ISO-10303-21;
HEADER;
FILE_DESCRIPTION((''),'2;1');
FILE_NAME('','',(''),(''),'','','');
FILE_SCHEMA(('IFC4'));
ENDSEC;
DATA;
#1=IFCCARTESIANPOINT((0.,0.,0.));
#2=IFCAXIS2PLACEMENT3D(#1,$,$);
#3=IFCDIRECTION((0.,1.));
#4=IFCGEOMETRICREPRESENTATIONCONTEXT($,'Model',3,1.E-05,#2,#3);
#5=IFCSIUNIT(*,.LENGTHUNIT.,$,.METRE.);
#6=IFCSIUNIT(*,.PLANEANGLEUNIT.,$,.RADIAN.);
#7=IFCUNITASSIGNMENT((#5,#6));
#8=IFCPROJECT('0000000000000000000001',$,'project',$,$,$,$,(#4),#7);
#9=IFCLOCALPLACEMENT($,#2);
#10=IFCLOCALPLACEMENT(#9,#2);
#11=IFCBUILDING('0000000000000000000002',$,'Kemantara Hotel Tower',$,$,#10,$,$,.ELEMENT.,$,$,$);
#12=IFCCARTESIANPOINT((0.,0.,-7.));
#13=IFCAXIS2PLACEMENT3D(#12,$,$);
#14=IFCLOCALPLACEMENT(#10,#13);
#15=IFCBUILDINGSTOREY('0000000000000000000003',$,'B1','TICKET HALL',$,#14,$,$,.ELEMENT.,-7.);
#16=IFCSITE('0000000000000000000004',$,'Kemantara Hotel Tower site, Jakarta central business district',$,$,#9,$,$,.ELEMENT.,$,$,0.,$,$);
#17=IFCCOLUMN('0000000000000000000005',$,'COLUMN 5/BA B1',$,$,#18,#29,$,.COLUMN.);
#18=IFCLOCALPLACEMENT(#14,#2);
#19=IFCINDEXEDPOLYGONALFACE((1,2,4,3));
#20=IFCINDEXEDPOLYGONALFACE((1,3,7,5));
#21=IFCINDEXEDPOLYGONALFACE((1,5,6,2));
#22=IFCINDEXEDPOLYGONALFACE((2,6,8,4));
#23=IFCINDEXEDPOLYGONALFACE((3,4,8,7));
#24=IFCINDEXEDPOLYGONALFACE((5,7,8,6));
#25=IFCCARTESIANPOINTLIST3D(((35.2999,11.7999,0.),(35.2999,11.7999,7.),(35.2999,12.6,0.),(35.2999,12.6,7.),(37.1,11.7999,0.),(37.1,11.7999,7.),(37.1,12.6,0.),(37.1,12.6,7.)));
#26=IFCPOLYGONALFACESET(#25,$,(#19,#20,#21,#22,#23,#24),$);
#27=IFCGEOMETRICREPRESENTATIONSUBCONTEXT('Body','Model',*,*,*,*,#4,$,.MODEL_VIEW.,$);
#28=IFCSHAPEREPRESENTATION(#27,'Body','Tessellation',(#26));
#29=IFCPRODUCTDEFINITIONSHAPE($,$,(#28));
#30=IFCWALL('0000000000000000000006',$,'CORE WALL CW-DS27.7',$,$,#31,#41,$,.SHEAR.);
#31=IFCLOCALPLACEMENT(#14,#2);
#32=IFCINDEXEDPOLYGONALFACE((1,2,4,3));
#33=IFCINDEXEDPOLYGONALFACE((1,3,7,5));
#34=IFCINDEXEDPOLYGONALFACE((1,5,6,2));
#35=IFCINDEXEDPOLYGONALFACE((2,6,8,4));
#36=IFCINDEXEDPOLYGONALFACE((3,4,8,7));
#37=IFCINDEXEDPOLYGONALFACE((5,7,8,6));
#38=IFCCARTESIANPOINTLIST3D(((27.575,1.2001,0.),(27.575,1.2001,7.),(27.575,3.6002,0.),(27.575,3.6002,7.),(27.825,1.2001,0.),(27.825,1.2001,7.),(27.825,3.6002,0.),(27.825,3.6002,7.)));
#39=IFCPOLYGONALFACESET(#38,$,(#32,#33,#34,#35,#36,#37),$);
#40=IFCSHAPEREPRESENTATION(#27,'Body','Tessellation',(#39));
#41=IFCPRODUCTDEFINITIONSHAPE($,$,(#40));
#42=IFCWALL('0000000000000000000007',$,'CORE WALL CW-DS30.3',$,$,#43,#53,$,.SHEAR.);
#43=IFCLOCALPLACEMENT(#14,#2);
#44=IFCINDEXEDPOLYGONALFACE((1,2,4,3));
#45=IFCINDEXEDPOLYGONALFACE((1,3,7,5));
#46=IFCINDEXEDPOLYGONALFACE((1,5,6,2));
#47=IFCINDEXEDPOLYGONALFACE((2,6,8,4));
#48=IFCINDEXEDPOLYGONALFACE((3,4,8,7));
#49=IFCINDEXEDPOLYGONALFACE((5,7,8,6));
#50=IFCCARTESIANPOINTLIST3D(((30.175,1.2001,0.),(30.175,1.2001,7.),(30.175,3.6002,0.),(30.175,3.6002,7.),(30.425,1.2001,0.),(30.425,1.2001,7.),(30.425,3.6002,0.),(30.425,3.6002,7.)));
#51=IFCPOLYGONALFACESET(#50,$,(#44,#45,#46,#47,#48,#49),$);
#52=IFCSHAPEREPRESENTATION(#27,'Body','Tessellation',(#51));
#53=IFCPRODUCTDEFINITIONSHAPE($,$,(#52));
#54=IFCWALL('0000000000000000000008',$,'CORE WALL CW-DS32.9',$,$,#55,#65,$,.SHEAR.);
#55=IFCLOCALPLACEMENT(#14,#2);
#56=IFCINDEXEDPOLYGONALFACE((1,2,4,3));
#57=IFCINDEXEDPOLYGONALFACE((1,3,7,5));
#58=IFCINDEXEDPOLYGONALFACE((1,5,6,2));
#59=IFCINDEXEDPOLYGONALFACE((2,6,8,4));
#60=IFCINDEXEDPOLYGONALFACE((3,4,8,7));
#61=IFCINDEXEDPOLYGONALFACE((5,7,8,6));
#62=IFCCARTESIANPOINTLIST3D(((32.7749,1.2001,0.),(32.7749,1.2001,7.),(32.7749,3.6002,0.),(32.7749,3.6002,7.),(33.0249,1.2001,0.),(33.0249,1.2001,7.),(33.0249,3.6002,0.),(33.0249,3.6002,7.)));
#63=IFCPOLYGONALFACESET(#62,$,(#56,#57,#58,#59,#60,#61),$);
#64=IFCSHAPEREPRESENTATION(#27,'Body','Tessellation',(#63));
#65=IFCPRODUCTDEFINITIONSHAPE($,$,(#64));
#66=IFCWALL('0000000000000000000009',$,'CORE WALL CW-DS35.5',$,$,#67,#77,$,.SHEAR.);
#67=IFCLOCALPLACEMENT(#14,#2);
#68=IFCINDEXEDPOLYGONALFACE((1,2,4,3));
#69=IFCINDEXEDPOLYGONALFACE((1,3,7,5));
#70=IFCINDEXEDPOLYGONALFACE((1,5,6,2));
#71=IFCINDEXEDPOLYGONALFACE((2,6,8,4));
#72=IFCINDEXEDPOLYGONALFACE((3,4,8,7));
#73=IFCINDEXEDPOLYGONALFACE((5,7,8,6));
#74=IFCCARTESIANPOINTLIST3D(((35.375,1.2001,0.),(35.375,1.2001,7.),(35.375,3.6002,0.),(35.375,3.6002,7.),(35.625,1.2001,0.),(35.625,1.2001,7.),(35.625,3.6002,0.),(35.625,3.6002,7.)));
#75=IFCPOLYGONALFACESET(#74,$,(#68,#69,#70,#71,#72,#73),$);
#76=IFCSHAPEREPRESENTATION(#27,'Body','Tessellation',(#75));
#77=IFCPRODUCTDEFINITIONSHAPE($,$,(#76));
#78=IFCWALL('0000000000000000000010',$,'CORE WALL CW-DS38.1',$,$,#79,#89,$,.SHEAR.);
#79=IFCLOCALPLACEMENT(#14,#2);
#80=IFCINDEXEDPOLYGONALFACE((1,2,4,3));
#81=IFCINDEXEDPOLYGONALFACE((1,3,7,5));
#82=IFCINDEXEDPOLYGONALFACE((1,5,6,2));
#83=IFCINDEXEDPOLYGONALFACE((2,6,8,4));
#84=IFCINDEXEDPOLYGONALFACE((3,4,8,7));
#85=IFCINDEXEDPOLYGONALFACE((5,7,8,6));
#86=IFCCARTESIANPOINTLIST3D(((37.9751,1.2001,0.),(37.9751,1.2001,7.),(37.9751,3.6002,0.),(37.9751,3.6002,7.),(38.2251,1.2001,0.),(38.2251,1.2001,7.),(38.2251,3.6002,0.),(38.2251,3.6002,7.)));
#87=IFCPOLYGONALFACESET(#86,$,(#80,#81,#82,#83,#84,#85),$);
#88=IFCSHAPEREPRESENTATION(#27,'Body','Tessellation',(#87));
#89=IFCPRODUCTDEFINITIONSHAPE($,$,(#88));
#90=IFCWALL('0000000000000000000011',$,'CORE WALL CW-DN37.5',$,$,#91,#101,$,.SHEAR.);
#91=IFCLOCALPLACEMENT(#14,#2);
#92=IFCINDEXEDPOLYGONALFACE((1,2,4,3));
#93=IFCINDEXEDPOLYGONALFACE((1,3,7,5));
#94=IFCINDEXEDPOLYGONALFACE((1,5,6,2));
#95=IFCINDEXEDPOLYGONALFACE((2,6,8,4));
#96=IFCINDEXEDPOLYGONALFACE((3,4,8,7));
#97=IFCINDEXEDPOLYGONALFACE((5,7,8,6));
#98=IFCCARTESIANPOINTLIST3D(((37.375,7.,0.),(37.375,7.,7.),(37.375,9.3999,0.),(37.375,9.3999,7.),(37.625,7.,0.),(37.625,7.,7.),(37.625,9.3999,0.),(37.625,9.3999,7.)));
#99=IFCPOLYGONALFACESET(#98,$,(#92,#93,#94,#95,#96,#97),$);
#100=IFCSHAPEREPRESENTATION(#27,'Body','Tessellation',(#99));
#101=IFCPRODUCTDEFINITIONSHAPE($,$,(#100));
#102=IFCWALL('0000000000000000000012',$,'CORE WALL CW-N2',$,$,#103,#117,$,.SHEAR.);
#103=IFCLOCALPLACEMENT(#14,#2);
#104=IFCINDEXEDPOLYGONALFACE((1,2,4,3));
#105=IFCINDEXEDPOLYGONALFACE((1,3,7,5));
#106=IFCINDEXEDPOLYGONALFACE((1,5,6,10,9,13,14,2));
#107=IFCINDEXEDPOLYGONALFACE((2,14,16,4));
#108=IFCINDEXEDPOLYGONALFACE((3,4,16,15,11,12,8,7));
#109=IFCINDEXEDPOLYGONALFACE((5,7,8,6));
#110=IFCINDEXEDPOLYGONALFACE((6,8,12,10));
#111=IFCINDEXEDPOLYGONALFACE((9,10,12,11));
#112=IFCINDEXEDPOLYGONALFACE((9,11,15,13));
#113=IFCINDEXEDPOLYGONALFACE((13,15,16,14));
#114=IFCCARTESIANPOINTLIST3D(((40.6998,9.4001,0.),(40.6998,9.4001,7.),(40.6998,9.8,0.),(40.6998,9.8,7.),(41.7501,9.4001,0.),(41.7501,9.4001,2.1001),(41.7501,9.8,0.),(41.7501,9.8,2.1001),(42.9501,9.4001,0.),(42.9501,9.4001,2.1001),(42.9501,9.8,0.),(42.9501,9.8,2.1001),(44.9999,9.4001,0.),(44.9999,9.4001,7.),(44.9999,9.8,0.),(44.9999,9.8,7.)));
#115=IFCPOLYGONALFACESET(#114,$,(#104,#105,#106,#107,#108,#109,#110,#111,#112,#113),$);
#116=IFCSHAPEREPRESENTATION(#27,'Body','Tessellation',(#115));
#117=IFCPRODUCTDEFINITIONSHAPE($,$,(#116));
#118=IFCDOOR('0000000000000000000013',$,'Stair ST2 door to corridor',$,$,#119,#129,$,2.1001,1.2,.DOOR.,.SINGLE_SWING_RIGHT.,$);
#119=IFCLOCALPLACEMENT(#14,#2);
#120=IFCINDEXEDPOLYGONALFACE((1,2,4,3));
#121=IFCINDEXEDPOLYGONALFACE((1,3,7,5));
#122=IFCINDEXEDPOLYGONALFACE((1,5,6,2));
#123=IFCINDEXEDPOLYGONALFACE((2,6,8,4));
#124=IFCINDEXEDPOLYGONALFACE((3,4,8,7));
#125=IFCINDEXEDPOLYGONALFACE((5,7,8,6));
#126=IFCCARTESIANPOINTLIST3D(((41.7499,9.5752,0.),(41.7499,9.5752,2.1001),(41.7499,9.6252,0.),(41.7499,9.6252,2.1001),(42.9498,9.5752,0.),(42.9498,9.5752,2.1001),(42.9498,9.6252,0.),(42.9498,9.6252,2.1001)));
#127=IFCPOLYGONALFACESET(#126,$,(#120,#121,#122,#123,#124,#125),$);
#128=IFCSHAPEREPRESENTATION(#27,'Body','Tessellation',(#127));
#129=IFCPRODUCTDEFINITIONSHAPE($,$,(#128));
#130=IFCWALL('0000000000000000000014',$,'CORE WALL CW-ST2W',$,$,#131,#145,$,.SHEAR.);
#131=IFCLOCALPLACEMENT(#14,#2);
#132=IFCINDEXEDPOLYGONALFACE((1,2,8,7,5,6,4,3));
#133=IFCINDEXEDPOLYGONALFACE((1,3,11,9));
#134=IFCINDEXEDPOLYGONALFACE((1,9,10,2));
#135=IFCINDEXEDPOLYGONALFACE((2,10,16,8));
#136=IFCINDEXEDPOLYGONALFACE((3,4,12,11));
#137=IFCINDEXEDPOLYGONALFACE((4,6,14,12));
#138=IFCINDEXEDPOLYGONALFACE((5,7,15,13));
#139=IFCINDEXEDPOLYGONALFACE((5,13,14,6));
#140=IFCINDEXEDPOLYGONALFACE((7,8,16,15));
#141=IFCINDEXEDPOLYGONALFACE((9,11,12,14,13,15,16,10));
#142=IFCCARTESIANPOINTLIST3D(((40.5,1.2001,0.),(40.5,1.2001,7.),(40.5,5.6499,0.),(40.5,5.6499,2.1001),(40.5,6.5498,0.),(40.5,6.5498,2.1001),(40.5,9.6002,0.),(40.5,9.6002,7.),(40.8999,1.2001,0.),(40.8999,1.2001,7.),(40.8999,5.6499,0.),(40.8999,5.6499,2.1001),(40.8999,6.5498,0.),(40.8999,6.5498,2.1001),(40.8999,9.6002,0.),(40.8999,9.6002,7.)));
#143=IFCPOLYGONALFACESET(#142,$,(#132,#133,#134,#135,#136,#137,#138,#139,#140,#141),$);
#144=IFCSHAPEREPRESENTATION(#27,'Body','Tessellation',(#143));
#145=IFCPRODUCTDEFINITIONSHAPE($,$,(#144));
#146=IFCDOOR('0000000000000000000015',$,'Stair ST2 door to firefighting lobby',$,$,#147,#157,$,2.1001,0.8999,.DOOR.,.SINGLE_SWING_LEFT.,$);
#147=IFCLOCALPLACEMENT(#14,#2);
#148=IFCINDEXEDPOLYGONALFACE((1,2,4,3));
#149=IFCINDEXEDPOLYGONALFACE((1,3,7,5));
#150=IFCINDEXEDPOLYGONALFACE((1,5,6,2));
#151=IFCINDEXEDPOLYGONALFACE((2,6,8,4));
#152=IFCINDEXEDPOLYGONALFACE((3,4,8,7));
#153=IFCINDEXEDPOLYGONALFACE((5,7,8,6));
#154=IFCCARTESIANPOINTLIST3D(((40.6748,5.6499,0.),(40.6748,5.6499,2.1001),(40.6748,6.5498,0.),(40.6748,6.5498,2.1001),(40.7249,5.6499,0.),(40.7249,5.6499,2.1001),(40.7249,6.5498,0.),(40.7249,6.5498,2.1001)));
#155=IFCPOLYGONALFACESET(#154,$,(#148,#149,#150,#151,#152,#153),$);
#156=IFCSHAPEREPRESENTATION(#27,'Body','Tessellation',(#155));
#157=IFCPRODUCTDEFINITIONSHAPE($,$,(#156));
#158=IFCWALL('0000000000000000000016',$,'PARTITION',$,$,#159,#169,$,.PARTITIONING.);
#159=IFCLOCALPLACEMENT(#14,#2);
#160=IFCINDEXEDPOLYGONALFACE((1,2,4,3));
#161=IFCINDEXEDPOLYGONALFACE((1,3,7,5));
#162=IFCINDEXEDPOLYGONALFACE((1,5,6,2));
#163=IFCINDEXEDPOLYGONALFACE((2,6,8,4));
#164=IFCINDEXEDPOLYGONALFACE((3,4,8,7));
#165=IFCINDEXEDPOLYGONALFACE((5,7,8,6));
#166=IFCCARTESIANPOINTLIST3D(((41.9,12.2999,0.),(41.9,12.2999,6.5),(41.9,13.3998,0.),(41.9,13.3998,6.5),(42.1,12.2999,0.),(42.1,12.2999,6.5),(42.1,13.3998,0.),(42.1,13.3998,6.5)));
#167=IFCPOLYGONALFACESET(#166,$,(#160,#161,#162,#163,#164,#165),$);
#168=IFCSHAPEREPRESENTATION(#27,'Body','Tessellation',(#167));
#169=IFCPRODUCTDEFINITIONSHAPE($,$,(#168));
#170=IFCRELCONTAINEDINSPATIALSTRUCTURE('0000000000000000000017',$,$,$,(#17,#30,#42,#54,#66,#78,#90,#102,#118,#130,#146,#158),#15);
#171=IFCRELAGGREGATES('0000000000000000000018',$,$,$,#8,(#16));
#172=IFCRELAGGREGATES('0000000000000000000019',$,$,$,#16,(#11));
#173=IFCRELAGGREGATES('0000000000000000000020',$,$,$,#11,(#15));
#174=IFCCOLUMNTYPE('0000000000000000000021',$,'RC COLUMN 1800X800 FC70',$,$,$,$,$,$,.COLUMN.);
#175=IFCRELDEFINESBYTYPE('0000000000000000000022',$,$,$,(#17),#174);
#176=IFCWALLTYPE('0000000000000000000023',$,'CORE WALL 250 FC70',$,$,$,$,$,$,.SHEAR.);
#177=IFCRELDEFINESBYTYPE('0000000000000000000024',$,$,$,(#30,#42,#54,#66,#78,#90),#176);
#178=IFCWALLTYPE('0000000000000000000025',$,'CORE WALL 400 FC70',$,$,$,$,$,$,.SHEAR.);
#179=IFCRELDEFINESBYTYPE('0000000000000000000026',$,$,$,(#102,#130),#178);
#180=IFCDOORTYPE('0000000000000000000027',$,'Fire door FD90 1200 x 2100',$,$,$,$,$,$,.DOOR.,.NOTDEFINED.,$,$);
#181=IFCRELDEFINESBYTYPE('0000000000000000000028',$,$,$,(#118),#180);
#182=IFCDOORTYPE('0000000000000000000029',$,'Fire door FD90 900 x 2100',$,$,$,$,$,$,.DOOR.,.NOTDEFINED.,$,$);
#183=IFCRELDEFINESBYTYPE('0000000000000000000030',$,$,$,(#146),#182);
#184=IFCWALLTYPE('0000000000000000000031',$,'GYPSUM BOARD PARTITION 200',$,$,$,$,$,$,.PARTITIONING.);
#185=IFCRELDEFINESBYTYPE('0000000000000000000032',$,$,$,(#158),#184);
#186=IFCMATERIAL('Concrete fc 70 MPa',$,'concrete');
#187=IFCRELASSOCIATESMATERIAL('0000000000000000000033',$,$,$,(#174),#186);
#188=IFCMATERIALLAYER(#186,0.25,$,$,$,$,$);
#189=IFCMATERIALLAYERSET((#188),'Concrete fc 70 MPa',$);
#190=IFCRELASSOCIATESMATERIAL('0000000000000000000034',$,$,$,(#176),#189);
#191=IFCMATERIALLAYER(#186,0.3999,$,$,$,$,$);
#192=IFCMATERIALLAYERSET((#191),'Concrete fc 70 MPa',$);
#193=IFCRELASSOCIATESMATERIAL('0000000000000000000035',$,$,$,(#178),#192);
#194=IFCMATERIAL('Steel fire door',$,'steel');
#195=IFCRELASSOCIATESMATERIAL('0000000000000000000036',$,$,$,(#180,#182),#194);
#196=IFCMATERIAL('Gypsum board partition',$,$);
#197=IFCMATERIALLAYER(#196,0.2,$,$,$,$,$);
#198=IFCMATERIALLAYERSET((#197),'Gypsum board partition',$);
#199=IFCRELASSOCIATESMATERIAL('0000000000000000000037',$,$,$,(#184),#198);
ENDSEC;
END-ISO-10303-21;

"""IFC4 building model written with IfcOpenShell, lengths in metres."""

from ifc_helpers import new_model, si_unit, direction, frame, frame_2d, origin, origin_2d, place, context, subcontext, project, spatial, rectangle, extrude, material, layer, layer_set, material_profile, profile_set, type_object, element, fill, save


model = new_model("IFC4")

# Units and contexts
model_context = context("Model", 3, precision=1e-05, world=origin(), true_north=direction((0.0, 1.0)))
body_context = subcontext(model_context, "Body", "Model", "MODEL_VIEW")
ifc_project = project(units=[si_unit("LENGTHUNIT", "METRE"), si_unit("PLANEANGLEUNIT", "RADIAN")], contexts=[model_context])

# Site, building, storey
site_placement = place(None, origin())
site = spatial("IfcSite", under=ifc_project, at=site_placement, Name="Kemantara Hotel Tower site, Jakarta central business district", CompositionType="ELEMENT", RefElevation=0.0)
building_placement = place(site_placement, origin())
building = spatial("IfcBuilding", under=site, at=building_placement, Name="Kemantara Hotel Tower", CompositionType="ELEMENT")
storey_placement = place(building_placement, frame((0.0, 0.0, -7.0)))
storey = spatial("IfcBuildingStorey", under=building, at=storey_placement, Name="B1", Description="TICKET HALL", CompositionType="ELEMENT", Elevation=-7.0)

# Column
ifc_material_1 = material(Name="Concrete fc 70 MPa", Category="concrete")
ifc_material_profile = material_profile(ifc_material_1, rectangle(XDim=1.8, YDim=0.8, at=origin_2d()), Name="RC 1800X800")
ifc_profile_set = profile_set([ifc_material_profile], Name="Concrete fc 70 MPa")
column_type = type_object("IfcColumnType", Name="RC COLUMN 1800X800 FC70", PredefinedType="COLUMN", material=ifc_profile_set)
column_placement = place(storey_placement, frame((36.2, 12.2, 0.0), z_axis=(0.0, 0.0, 1.0), x_axis=(1.0, 0.0, 0.0)))
element("IfcColumn", 1, at=column_placement, inside=storey, type_object=column_type, Name="COLUMN 5/BA B1", PredefinedType="COLUMN", context=body_context, shape_type="SweptSolid", body=[
    extrude(rectangle(XDim=1.8, YDim=0.8, at=origin_2d()), origin(), (0.0, 0.0, 1.0), 7.0),
])

# Walls
ifc_layer_1 = layer(ifc_material_1, 0.25)
ifc_layer_set_1 = layer_set([ifc_layer_1], Name="Concrete fc 70 MPa")
wall_type_1 = type_object("IfcWallType", Name="CORE WALL 250 FC70", PredefinedType="SHEAR", material=ifc_layer_set_1)
for number, where, z_axis, x_axis, name in (
    (2, (27.7, 1.2, 0.0), (0.0, 0.0, 1.0), (0.0, 1.0, 0.0), "CORE WALL CW-DS27.7"),
    (3, (30.3, 1.2, 0.0), (0.0, 0.0, 1.0), (0.0, 1.0, 0.0), "CORE WALL CW-DS30.3"),
    (4, (32.8999, 1.2, 0.0), (0.0, 0.0, 1.0), (0.0, 1.0, 0.0), "CORE WALL CW-DS32.9"),
    (5, (35.5, 1.2, 0.0), (0.0, 0.0, 1.0), (0.0, 1.0, 0.0), "CORE WALL CW-DS35.5"),
    (6, (38.1001, 1.2, 0.0), (0.0, 0.0, 1.0), (0.0, 1.0, 0.0), "CORE WALL CW-DS38.1"),
):
    element("IfcWall", number, at=place(storey_placement, frame(where, z_axis=z_axis, x_axis=x_axis)), inside=storey, type_object=wall_type_1, Name=name, PredefinedType="SHEAR", context=body_context, shape_type="SweptSolid", body=[
        extrude(rectangle(XDim=2.4001, YDim=0.25, at=frame_2d((1.2002, 0.0))), origin(), (0.0, 0.0, 1.0), 7.0),
    ])
wall_1_placement = place(storey_placement, frame((37.5, 7.0, 0.0), z_axis=(0.0, 0.0, 1.0), x_axis=(0.0, 1.0, 0.0)))
element("IfcWall", 7, at=wall_1_placement, inside=storey, type_object=wall_type_1, Name="CORE WALL CW-DN37.5", PredefinedType="SHEAR", context=body_context, shape_type="SweptSolid", body=[
    extrude(rectangle(XDim=2.3999, YDim=0.25, at=frame_2d((1.2, 0.0))), origin(), (0.0, 0.0, 1.0), 7.0),
])

# Walls, openings, doors
ifc_layer_2 = layer(ifc_material_1, 0.3999)
ifc_layer_set_2 = layer_set([ifc_layer_2], Name="Concrete fc 70 MPa")
wall_type_2 = type_object("IfcWallType", Name="CORE WALL 400 FC70", PredefinedType="SHEAR", material=ifc_layer_set_2)
wall_2_placement = place(storey_placement, frame((40.7, 9.6001, 0.0), z_axis=(0.0, 0.0, 1.0), x_axis=(1.0, 0.0, 0.0)))
wall_2 = element("IfcWall", 8, at=wall_2_placement, inside=storey, type_object=wall_type_2, Name="CORE WALL CW-N2", PredefinedType="SHEAR", context=body_context, shape_type="SweptSolid", body=[
    extrude(rectangle(XDim=4.3, YDim=0.3999, at=frame_2d((2.1499, 0.0))), origin(), (0.0, 0.0, 1.0), 7.0),
])
opening_1_placement = place(wall_2_placement, frame((1.05, 0.0, 0.0)))
opening_1 = element("IfcOpeningElement", 9, at=opening_1_placement, cuts=wall_2, PredefinedType="OPENING", context=body_context, shape_type="SweptSolid", body=[
    extrude(rectangle(XDim=1.2, YDim=2.1001, at=frame_2d((0.6001, 1.05))), frame((0.0, 0.21, 0.0), z_axis=(0.0, -1.0, 0.0), x_axis=(1.0, 0.0, 0.0)), (0.0, 0.0, 1.0), 0.4199),
])
ifc_material_2 = material(Name="Steel fire door", Category="steel")
door_type_1 = type_object("IfcDoorType", Name="Fire door FD90 1200 x 2100", OperationType="NOTDEFINED", PredefinedType="DOOR", material=ifc_material_2)
door_1_placement = place(opening_1_placement, frame((1.2, 0.0, 0.0), z_axis=(0.0, 0.0, 1.0), x_axis=(-1.0, 0.0, 0.0)))
door_1 = element("IfcDoor", 10, at=door_1_placement, inside=storey, type_object=door_type_1, Name="Stair ST2 door to corridor", OperationType="SINGLE_SWING_RIGHT", OverallHeight=2.1001, OverallWidth=1.2, PredefinedType="DOOR", context=body_context, shape_type="SweptSolid", body=[
    extrude(rectangle(XDim=1.2, YDim=2.1001, at=frame_2d((0.6001, 1.05))), frame((0.0, 0.0249, 0.0), z_axis=(0.0, -1.0, 0.0), x_axis=(1.0, 0.0, 0.0)), (0.0, 0.0, 1.0), 0.05),
])
fill(opening_1, door_1)
wall_3_placement = place(storey_placement, frame((40.7, 1.2, 0.0), z_axis=(0.0, 0.0, 1.0), x_axis=(0.0, 1.0, 0.0)))
wall_3 = element("IfcWall", 11, at=wall_3_placement, inside=storey, type_object=wall_type_2, Name="CORE WALL CW-ST2W", PredefinedType="SHEAR", context=body_context, shape_type="SweptSolid", body=[
    extrude(rectangle(XDim=8.4001, YDim=0.3999, at=frame_2d((4.2002, 0.0))), origin(), (0.0, 0.0, 1.0), 7.0),
])
opening_2_placement = place(wall_3_placement, frame((4.45, 0.0, 0.0)))
opening_2 = element("IfcOpeningElement", 12, at=opening_2_placement, cuts=wall_3, PredefinedType="OPENING", context=body_context, shape_type="SweptSolid", body=[
    extrude(rectangle(XDim=0.8999, YDim=2.1001, at=frame_2d((0.45, 1.05))), frame((0.0, 0.21, 0.0), z_axis=(0.0, -1.0, 0.0), x_axis=(1.0, 0.0, 0.0)), (0.0, 0.0, 1.0), 0.4199),
])
door_type_2 = type_object("IfcDoorType", Name="Fire door FD90 900 x 2100", OperationType="NOTDEFINED", PredefinedType="DOOR", material=ifc_material_2)
door_2_placement = place(opening_2_placement, frame((0.8999, 0.0, 0.0), z_axis=(0.0, 0.0, 1.0), x_axis=(-1.0, 0.0, 0.0)))
door_2 = element("IfcDoor", 13, at=door_2_placement, inside=storey, type_object=door_type_2, Name="Stair ST2 door to firefighting lobby", OperationType="SINGLE_SWING_LEFT", OverallHeight=2.1001, OverallWidth=0.8999, PredefinedType="DOOR", context=body_context, shape_type="SweptSolid", body=[
    extrude(rectangle(XDim=0.8999, YDim=2.1001, at=frame_2d((0.45, 1.05))), frame((0.0, 0.0249, 0.0), z_axis=(0.0, -1.0, 0.0), x_axis=(1.0, 0.0, 0.0)), (0.0, 0.0, 1.0), 0.05),
])
fill(opening_2, door_2)

# Wall
ifc_material_3 = material(Name="Gypsum board partition")
ifc_layer_3 = layer(ifc_material_3, 0.2)
ifc_layer_set_3 = layer_set([ifc_layer_3], Name="Gypsum board partition")
wall_type_3 = type_object("IfcWallType", Name="GYPSUM BOARD PARTITION 200", PredefinedType="PARTITIONING", material=ifc_layer_set_3)
wall_4_placement = place(storey_placement, frame((42.0, 12.3, 0.0), z_axis=(0.0, 0.0, 1.0), x_axis=(0.0, 1.0, 0.0)))
element("IfcWall", 14, at=wall_4_placement, inside=storey, type_object=wall_type_3, Name="PARTITION", PredefinedType="PARTITIONING", context=body_context, shape_type="SweptSolid", body=[
    extrude(rectangle(XDim=1.0999, YDim=0.2, at=frame_2d((0.5498, 0.0))), origin(), (0.0, 0.0, 1.0), 6.5),
])

save(model, "model.ifc")
